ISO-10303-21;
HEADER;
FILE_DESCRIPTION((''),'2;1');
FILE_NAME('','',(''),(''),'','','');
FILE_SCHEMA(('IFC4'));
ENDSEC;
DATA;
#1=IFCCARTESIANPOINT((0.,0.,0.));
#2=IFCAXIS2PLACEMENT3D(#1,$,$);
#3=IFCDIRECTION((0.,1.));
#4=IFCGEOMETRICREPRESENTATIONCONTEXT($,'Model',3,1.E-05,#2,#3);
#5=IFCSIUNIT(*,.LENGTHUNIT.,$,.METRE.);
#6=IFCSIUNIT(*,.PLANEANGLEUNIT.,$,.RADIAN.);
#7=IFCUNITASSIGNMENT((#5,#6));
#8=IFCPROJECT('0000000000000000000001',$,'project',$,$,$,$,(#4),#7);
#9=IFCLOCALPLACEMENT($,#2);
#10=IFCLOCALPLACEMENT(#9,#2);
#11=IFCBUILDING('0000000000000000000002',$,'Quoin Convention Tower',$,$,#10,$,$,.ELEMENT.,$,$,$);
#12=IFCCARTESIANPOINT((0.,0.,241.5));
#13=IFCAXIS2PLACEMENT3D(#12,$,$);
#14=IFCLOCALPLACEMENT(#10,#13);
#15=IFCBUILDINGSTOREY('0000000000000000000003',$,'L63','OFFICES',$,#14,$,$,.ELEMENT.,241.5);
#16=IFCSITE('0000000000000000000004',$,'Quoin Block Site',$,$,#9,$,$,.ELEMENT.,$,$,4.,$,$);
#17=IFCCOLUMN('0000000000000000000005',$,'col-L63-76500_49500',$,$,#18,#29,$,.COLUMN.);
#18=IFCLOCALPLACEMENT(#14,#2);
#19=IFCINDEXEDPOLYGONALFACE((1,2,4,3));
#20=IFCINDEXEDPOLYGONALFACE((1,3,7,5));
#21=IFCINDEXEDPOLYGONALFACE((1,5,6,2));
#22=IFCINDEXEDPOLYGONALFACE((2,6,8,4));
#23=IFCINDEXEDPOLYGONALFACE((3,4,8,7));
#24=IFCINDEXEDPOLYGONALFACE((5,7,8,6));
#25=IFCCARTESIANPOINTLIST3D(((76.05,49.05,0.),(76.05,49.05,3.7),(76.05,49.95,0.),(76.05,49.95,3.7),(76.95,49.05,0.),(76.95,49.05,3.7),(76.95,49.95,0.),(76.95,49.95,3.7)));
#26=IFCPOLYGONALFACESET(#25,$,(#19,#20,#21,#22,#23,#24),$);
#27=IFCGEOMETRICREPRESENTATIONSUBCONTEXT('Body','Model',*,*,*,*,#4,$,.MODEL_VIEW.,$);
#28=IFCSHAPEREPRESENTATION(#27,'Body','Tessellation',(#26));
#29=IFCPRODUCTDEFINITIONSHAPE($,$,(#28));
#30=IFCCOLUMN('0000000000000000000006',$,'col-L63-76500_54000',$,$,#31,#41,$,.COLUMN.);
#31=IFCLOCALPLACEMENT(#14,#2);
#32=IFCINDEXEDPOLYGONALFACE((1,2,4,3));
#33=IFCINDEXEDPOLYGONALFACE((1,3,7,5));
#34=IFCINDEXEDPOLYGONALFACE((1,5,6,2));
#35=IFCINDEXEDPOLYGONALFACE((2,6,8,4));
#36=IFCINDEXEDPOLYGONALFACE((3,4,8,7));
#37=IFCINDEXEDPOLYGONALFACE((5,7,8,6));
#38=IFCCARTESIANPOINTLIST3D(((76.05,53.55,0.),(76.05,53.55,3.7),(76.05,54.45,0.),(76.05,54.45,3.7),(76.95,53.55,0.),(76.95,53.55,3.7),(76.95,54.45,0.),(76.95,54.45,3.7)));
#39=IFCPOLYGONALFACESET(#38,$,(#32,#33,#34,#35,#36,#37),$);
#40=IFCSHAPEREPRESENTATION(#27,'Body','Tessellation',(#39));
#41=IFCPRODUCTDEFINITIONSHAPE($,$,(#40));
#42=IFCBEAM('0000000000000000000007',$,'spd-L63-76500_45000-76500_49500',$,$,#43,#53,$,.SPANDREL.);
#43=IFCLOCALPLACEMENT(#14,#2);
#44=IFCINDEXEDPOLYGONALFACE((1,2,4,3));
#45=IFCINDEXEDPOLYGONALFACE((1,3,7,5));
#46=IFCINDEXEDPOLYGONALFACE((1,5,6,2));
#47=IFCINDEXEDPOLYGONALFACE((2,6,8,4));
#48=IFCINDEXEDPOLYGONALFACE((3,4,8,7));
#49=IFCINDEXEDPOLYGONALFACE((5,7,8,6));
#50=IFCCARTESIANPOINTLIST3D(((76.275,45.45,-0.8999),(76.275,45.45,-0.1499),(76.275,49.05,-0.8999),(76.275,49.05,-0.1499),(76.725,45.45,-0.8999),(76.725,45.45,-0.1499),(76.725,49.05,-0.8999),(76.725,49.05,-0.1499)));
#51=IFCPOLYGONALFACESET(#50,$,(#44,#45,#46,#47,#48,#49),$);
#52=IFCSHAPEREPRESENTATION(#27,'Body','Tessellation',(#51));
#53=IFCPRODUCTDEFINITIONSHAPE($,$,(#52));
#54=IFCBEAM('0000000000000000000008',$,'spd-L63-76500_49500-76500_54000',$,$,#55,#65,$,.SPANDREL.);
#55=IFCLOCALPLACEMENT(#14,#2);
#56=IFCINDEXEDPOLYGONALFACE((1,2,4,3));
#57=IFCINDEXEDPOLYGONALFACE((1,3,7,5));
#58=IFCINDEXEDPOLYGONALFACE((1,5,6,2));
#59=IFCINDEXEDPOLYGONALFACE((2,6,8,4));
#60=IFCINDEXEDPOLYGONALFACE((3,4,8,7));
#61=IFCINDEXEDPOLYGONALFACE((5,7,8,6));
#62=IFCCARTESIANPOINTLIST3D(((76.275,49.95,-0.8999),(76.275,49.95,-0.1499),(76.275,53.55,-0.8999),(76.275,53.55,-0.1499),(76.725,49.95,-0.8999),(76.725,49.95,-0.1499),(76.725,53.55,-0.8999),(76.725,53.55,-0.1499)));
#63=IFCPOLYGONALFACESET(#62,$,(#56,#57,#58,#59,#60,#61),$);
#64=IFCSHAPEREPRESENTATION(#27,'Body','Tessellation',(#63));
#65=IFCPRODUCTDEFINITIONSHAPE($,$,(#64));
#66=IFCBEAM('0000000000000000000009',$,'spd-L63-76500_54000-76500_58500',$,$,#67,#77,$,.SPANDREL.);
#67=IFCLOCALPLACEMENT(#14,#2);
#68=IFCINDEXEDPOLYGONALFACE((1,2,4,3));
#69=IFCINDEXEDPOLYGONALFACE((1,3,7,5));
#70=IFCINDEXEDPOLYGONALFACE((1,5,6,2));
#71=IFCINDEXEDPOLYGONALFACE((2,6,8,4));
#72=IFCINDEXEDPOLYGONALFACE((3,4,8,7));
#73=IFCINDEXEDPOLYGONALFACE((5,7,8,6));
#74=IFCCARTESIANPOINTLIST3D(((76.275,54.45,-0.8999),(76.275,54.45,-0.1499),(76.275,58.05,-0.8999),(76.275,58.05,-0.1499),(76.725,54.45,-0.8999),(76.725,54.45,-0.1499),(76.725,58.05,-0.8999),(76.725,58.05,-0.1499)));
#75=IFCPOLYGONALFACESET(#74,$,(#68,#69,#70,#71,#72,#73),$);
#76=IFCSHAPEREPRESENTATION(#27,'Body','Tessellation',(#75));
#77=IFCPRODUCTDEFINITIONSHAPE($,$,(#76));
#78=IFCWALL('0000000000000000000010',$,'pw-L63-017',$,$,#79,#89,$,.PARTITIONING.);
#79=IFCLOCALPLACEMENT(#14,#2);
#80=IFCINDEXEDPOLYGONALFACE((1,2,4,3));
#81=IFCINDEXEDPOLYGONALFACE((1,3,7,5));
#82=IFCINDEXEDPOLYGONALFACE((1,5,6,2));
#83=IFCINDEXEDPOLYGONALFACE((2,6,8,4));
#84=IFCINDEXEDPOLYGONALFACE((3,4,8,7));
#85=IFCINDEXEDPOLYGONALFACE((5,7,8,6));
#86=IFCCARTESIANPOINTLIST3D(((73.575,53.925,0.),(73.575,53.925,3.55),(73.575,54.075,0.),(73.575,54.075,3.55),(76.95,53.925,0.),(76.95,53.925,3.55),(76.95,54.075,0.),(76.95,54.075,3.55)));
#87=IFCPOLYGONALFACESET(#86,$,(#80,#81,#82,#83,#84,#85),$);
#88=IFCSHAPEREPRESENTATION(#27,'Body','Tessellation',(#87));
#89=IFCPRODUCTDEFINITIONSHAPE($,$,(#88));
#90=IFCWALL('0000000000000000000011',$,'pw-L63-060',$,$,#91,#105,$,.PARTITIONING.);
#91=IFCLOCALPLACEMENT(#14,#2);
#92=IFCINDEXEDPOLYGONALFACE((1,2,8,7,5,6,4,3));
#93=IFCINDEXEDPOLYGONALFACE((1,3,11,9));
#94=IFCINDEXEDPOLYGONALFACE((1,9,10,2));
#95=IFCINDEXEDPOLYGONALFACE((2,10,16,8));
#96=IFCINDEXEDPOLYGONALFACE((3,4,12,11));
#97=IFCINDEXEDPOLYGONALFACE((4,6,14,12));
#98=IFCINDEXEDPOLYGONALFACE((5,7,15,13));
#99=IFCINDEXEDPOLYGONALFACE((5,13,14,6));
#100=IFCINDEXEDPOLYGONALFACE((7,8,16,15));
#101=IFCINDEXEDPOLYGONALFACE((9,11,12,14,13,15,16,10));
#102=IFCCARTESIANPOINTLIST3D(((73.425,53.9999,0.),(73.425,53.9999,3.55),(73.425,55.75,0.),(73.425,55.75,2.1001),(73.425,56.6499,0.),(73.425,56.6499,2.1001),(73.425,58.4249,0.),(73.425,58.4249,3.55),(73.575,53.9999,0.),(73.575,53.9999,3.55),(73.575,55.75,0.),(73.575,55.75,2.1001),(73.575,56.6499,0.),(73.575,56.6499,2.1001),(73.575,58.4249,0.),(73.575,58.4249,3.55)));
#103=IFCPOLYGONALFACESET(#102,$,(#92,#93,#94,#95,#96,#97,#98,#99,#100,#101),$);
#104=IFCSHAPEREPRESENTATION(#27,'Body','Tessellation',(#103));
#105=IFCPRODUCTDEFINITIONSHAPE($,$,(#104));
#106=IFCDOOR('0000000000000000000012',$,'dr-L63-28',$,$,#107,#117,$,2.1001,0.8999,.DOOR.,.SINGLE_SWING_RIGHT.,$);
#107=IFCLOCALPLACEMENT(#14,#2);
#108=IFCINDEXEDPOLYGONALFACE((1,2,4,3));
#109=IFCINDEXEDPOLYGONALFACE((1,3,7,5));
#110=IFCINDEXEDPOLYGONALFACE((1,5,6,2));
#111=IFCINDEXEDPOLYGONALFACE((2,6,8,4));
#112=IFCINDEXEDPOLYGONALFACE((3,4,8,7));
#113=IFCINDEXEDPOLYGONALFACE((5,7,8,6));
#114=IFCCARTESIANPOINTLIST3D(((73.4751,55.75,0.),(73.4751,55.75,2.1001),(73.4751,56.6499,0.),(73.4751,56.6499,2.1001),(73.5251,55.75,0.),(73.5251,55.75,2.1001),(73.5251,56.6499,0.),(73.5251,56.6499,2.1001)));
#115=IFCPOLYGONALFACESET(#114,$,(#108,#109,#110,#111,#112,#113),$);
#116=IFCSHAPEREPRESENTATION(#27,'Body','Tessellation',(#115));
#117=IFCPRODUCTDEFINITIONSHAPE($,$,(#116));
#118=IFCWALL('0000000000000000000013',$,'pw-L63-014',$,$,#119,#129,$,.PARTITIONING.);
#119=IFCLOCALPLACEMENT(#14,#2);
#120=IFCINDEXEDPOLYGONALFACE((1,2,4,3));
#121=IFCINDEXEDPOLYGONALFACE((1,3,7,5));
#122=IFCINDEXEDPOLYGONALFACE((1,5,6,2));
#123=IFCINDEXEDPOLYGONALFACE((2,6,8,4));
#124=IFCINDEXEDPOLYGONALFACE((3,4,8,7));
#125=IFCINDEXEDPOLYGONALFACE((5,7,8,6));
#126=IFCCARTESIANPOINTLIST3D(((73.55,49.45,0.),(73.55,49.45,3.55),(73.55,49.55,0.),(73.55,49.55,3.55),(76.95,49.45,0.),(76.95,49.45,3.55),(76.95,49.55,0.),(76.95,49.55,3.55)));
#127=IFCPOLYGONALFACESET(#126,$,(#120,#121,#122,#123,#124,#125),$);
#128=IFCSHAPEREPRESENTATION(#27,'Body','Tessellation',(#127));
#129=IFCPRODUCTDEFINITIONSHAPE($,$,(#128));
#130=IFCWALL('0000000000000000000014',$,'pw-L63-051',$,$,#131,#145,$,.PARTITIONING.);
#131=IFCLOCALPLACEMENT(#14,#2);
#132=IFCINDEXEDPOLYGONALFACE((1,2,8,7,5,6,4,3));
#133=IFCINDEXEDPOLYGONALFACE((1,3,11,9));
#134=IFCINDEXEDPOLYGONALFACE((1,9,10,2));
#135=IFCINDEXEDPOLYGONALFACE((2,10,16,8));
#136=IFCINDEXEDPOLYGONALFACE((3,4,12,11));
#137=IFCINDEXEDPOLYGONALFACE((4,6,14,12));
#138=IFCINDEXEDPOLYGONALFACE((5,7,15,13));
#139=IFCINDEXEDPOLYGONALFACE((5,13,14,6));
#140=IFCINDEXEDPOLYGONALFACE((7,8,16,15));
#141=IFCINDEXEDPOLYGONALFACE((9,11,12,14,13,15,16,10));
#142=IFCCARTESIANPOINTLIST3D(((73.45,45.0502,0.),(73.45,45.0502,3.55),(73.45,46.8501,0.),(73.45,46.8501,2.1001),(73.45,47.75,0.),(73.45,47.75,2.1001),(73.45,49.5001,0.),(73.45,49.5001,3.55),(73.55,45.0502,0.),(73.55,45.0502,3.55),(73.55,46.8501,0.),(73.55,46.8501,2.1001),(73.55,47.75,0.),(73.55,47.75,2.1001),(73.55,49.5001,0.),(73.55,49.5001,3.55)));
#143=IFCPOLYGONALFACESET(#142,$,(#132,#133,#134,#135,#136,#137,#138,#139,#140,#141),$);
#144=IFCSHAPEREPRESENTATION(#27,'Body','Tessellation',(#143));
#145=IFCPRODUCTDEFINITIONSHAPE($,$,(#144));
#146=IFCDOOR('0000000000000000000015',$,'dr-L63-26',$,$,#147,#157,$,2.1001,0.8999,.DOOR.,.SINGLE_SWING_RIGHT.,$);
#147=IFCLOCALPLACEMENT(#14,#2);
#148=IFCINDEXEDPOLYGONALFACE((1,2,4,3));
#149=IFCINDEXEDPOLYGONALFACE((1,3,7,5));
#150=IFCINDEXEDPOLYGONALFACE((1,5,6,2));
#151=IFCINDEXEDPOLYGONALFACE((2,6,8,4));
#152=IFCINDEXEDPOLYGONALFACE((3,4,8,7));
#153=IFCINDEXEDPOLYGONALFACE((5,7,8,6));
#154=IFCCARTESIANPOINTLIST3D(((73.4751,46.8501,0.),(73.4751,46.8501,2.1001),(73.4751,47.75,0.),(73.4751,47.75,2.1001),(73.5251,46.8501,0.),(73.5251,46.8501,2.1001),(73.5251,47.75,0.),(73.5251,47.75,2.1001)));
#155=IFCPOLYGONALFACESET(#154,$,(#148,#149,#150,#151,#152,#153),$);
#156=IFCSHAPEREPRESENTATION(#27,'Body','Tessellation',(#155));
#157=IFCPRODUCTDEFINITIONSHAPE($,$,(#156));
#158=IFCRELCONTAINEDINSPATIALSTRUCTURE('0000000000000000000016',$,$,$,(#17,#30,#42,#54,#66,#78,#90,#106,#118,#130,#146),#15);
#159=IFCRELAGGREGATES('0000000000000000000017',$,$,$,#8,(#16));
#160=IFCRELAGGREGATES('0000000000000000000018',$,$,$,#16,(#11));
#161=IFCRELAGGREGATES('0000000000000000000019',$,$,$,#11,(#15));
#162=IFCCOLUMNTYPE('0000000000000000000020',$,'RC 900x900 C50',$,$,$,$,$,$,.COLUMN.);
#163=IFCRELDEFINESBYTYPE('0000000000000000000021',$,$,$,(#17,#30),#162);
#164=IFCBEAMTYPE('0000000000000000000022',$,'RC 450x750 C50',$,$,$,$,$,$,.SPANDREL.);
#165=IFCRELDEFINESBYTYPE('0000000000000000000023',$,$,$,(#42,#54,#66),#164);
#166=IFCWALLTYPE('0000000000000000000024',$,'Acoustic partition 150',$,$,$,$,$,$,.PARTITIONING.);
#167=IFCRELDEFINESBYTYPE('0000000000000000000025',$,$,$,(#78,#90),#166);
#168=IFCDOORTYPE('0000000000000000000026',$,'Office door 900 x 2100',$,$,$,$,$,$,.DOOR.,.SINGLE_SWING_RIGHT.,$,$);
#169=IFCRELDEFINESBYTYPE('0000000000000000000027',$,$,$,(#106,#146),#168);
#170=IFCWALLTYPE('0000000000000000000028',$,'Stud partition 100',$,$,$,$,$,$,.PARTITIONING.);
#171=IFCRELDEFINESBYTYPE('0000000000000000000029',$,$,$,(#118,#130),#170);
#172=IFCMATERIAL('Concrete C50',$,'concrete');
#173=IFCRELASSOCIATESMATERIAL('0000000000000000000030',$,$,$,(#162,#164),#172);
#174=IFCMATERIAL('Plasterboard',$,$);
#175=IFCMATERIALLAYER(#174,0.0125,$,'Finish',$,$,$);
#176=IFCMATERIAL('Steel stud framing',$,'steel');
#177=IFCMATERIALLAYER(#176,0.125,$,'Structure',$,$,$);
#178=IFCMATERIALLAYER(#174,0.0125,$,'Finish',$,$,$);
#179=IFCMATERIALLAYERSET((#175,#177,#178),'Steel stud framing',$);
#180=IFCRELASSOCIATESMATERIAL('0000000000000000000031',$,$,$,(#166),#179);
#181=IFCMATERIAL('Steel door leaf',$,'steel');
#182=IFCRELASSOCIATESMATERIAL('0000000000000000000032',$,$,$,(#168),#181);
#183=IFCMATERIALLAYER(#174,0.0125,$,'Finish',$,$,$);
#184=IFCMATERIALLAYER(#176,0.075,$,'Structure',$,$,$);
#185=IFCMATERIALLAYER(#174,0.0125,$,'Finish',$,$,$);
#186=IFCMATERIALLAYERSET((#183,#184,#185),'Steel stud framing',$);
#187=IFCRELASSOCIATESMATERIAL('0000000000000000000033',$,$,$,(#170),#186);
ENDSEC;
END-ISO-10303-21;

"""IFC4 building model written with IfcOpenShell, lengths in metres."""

from ifc_helpers import new_model, si_unit, direction, frame, frame_2d, origin, origin_2d, place, context, subcontext, project, spatial, rectangle, extrude, material, layer, layer_set, material_profile, profile_set, type_object, element, fill, save


model = new_model("IFC4")

# Units and contexts
model_context = context("Model", 3, precision=1e-05, world=origin(), true_north=direction((0.0, 1.0)))
body_context = subcontext(model_context, "Body", "Model", "MODEL_VIEW")
ifc_project = project(units=[si_unit("LENGTHUNIT", "METRE"), si_unit("PLANEANGLEUNIT", "RADIAN")], contexts=[model_context])

# Site, building, storey
site_placement = place(None, origin())
site = spatial("IfcSite", under=ifc_project, at=site_placement, Name="Quoin Block Site", CompositionType="ELEMENT", RefElevation=4.0)
building_placement = place(site_placement, origin())
building = spatial("IfcBuilding", under=site, at=building_placement, Name="Quoin Convention Tower", CompositionType="ELEMENT")
storey_placement = place(building_placement, frame((0.0, 0.0, 241.5)))
storey = spatial("IfcBuildingStorey", under=building, at=storey_placement, Name="L63", Description="OFFICES", CompositionType="ELEMENT", Elevation=241.5)

# Columns
ifc_material_1 = material(Name="Concrete C50", Category="concrete")
ifc_material_profile_1 = material_profile(ifc_material_1, rectangle(XDim=0.8999, YDim=0.8999, at=origin_2d()), Name="RC 900x900")
ifc_profile_set_1 = profile_set([ifc_material_profile_1], Name="Concrete C50")
column_type = type_object("IfcColumnType", Name="RC 900x900 C50", PredefinedType="COLUMN", material=ifc_profile_set_1)
for number, where, z_axis, x_axis, name in (
    (1, (76.5, 49.5, 0.0), (0.0, 0.0, 1.0), (1.0, 0.0, 0.0), "col-L63-76500_49500"),
    (2, (76.5, 54.0, 0.0), (0.0, 0.0, 1.0), (1.0, 0.0, 0.0), "col-L63-76500_54000"),
):
    element("IfcColumn", number, at=place(storey_placement, frame(where, z_axis=z_axis, x_axis=x_axis)), inside=storey, type_object=column_type, Name=name, PredefinedType="COLUMN", context=body_context, shape_type="SweptSolid", body=[
        extrude(rectangle(XDim=0.8999, YDim=0.8999, at=origin_2d()), origin(), (0.0, 0.0, 1.0), 3.7),
    ])

# Beams
ifc_material_profile_2 = material_profile(ifc_material_1, rectangle(XDim=0.45, YDim=0.75, at=origin_2d()), Name="RC 450x750")
ifc_profile_set_2 = profile_set([ifc_material_profile_2], Name="Concrete C50")
beam_type = type_object("IfcBeamType", Name="RC 450x750 C50", PredefinedType="SPANDREL", material=ifc_profile_set_2)
for number, where, z_axis, x_axis, name in (
    (3, (76.5, 45.45, -0.5249), (0.0, 1.0, 0.0), (-1.0, 0.0, 0.0), "spd-L63-76500_45000-76500_49500"),
    (4, (76.5, 49.95, -0.5249), (0.0, 1.0, 0.0), (-1.0, 0.0, 0.0), "spd-L63-76500_49500-76500_54000"),
    (5, (76.5, 54.45, -0.5249), (0.0, 1.0, 0.0), (-1.0, 0.0, 0.0), "spd-L63-76500_54000-76500_58500"),
):
    element("IfcBeam", number, at=place(storey_placement, frame(where, z_axis=z_axis, x_axis=x_axis)), inside=storey, type_object=beam_type, Name=name, PredefinedType="SPANDREL", context=body_context, shape_type="SweptSolid", body=[
        extrude(rectangle(XDim=0.45, YDim=0.75, at=origin_2d()), origin(), (0.0, 0.0, 1.0), 3.6001),
    ])

# Wall
ifc_material_2 = material(Name="Plasterboard")
ifc_layer_1 = layer(ifc_material_2, 0.0125, Name="Finish")
ifc_material_3 = material(Name="Steel stud framing", Category="steel")
ifc_layer_2 = layer(ifc_material_3, 0.125, Name="Structure")
ifc_layer_3 = layer(ifc_material_2, 0.0125, Name="Finish")
ifc_layer_set_1 = layer_set([ifc_layer_1, ifc_layer_2, ifc_layer_3], Name="Steel stud framing")
wall_type_1 = type_object("IfcWallType", Name="Acoustic partition 150", PredefinedType="PARTITIONING", material=ifc_layer_set_1)
wall_1_placement = place(storey_placement, frame((73.575, 54.0, 0.0), z_axis=(0.0, 0.0, 1.0), x_axis=(1.0, 0.0, 0.0)))
element("IfcWall", 6, at=wall_1_placement, inside=storey, type_object=wall_type_1, Name="pw-L63-017", PredefinedType="PARTITIONING", context=body_context, shape_type="SweptSolid", body=[
    extrude(rectangle(XDim=3.375, YDim=0.1499, at=frame_2d((1.6875, 0.0))), origin(), (0.0, 0.0, 1.0), 3.55),
])

# Wall, opening, door
wall_2_placement = place(storey_placement, frame((73.5, 54.0, 0.0), z_axis=(0.0, 0.0, 1.0), x_axis=(0.0, 1.0, 0.0)))
wall_2 = element("IfcWall", 7, at=wall_2_placement, inside=storey, type_object=wall_type_1, Name="pw-L63-060", PredefinedType="PARTITIONING", context=body_context, shape_type="SweptSolid", body=[
    extrude(rectangle(XDim=4.425, YDim=0.1499, at=frame_2d((2.2124, 0.0))), origin(), (0.0, 0.0, 1.0), 3.55),
])
opening_1_placement = place(wall_2_placement, frame((1.75, 0.0, 0.0)))
opening_1 = element("IfcOpeningElement", 8, at=opening_1_placement, cuts=wall_2, PredefinedType="OPENING", context=body_context, shape_type="SweptSolid", body=[
    extrude(rectangle(XDim=0.8999, YDim=2.1001, at=frame_2d((0.45, 1.05))), frame((0.0, 0.085, 0.0), z_axis=(0.0, -1.0, 0.0), x_axis=(1.0, 0.0, 0.0)), (0.0, 0.0, 1.0), 0.1699),
])
ifc_material_4 = material(Name="Steel door leaf", Category="steel")
door_type = type_object("IfcDoorType", Name="Office door 900 x 2100", OperationType="SINGLE_SWING_RIGHT", PredefinedType="DOOR", material=ifc_material_4)
door_1_placement = place(opening_1_placement, origin())
door_1 = element("IfcDoor", 9, at=door_1_placement, inside=storey, type_object=door_type, Name="dr-L63-28", OperationType="SINGLE_SWING_RIGHT", OverallHeight=2.1001, OverallWidth=0.8999, PredefinedType="DOOR", context=body_context, shape_type="SweptSolid", body=[
    extrude(rectangle(XDim=0.8999, YDim=2.1001, at=frame_2d((0.45, 1.05))), frame((0.0, 0.0249, 0.0), z_axis=(0.0, -1.0, 0.0), x_axis=(1.0, 0.0, 0.0)), (0.0, 0.0, 1.0), 0.05),
])
fill(opening_1, door_1)

# Wall
ifc_layer_4 = layer(ifc_material_2, 0.0125, Name="Finish")
ifc_layer_5 = layer(ifc_material_3, 0.075, Name="Structure")
ifc_layer_6 = layer(ifc_material_2, 0.0125, Name="Finish")
ifc_layer_set_2 = layer_set([ifc_layer_4, ifc_layer_5, ifc_layer_6], Name="Steel stud framing")
wall_type_2 = type_object("IfcWallType", Name="Stud partition 100", PredefinedType="PARTITIONING", material=ifc_layer_set_2)
wall_3_placement = place(storey_placement, frame((73.55, 49.5, 0.0), z_axis=(0.0, 0.0, 1.0), x_axis=(1.0, 0.0, 0.0)))
element("IfcWall", 10, at=wall_3_placement, inside=storey, type_object=wall_type_2, Name="pw-L63-014", PredefinedType="PARTITIONING", context=body_context, shape_type="SweptSolid", body=[
    extrude(rectangle(XDim=3.3999, YDim=0.1001, at=frame_2d((1.7, 0.0))), origin(), (0.0, 0.0, 1.0), 3.55),
])

# Wall, opening, door
wall_4_placement = place(storey_placement, frame((73.5, 45.05, 0.0), z_axis=(0.0, 0.0, 1.0), x_axis=(0.0, 1.0, 0.0)))
wall_4 = element("IfcWall", 11, at=wall_4_placement, inside=storey, type_object=wall_type_2, Name="pw-L63-051", PredefinedType="PARTITIONING", context=body_context, shape_type="SweptSolid", body=[
    extrude(rectangle(XDim=4.45, YDim=0.1001, at=frame_2d((2.2251, 0.0))), origin(), (0.0, 0.0, 1.0), 3.55),
])
opening_2_placement = place(wall_4_placement, frame((1.8, 0.0, 0.0)))
opening_2 = element("IfcOpeningElement", 12, at=opening_2_placement, cuts=wall_4, PredefinedType="OPENING", context=body_context, shape_type="SweptSolid", body=[
    extrude(rectangle(XDim=0.8999, YDim=2.1001, at=frame_2d((0.45, 1.05))), frame((0.0, 0.0601, 0.0), z_axis=(0.0, -1.0, 0.0), x_axis=(1.0, 0.0, 0.0)), (0.0, 0.0, 1.0), 0.1201),
])
door_2_placement = place(opening_2_placement, origin())
door_2 = element("IfcDoor", 13, at=door_2_placement, inside=storey, type_object=door_type, Name="dr-L63-26", OperationType="SINGLE_SWING_RIGHT", OverallHeight=2.1001, OverallWidth=0.8999, PredefinedType="DOOR", context=body_context, shape_type="SweptSolid", body=[
    extrude(rectangle(XDim=0.8999, YDim=2.1001, at=frame_2d((0.45, 1.05))), frame((0.0, 0.0249, 0.0), z_axis=(0.0, -1.0, 0.0), x_axis=(1.0, 0.0, 0.0)), (0.0, 0.0, 1.0), 0.05),
])
fill(opening_2, door_2)

save(model, "model.ifc")
